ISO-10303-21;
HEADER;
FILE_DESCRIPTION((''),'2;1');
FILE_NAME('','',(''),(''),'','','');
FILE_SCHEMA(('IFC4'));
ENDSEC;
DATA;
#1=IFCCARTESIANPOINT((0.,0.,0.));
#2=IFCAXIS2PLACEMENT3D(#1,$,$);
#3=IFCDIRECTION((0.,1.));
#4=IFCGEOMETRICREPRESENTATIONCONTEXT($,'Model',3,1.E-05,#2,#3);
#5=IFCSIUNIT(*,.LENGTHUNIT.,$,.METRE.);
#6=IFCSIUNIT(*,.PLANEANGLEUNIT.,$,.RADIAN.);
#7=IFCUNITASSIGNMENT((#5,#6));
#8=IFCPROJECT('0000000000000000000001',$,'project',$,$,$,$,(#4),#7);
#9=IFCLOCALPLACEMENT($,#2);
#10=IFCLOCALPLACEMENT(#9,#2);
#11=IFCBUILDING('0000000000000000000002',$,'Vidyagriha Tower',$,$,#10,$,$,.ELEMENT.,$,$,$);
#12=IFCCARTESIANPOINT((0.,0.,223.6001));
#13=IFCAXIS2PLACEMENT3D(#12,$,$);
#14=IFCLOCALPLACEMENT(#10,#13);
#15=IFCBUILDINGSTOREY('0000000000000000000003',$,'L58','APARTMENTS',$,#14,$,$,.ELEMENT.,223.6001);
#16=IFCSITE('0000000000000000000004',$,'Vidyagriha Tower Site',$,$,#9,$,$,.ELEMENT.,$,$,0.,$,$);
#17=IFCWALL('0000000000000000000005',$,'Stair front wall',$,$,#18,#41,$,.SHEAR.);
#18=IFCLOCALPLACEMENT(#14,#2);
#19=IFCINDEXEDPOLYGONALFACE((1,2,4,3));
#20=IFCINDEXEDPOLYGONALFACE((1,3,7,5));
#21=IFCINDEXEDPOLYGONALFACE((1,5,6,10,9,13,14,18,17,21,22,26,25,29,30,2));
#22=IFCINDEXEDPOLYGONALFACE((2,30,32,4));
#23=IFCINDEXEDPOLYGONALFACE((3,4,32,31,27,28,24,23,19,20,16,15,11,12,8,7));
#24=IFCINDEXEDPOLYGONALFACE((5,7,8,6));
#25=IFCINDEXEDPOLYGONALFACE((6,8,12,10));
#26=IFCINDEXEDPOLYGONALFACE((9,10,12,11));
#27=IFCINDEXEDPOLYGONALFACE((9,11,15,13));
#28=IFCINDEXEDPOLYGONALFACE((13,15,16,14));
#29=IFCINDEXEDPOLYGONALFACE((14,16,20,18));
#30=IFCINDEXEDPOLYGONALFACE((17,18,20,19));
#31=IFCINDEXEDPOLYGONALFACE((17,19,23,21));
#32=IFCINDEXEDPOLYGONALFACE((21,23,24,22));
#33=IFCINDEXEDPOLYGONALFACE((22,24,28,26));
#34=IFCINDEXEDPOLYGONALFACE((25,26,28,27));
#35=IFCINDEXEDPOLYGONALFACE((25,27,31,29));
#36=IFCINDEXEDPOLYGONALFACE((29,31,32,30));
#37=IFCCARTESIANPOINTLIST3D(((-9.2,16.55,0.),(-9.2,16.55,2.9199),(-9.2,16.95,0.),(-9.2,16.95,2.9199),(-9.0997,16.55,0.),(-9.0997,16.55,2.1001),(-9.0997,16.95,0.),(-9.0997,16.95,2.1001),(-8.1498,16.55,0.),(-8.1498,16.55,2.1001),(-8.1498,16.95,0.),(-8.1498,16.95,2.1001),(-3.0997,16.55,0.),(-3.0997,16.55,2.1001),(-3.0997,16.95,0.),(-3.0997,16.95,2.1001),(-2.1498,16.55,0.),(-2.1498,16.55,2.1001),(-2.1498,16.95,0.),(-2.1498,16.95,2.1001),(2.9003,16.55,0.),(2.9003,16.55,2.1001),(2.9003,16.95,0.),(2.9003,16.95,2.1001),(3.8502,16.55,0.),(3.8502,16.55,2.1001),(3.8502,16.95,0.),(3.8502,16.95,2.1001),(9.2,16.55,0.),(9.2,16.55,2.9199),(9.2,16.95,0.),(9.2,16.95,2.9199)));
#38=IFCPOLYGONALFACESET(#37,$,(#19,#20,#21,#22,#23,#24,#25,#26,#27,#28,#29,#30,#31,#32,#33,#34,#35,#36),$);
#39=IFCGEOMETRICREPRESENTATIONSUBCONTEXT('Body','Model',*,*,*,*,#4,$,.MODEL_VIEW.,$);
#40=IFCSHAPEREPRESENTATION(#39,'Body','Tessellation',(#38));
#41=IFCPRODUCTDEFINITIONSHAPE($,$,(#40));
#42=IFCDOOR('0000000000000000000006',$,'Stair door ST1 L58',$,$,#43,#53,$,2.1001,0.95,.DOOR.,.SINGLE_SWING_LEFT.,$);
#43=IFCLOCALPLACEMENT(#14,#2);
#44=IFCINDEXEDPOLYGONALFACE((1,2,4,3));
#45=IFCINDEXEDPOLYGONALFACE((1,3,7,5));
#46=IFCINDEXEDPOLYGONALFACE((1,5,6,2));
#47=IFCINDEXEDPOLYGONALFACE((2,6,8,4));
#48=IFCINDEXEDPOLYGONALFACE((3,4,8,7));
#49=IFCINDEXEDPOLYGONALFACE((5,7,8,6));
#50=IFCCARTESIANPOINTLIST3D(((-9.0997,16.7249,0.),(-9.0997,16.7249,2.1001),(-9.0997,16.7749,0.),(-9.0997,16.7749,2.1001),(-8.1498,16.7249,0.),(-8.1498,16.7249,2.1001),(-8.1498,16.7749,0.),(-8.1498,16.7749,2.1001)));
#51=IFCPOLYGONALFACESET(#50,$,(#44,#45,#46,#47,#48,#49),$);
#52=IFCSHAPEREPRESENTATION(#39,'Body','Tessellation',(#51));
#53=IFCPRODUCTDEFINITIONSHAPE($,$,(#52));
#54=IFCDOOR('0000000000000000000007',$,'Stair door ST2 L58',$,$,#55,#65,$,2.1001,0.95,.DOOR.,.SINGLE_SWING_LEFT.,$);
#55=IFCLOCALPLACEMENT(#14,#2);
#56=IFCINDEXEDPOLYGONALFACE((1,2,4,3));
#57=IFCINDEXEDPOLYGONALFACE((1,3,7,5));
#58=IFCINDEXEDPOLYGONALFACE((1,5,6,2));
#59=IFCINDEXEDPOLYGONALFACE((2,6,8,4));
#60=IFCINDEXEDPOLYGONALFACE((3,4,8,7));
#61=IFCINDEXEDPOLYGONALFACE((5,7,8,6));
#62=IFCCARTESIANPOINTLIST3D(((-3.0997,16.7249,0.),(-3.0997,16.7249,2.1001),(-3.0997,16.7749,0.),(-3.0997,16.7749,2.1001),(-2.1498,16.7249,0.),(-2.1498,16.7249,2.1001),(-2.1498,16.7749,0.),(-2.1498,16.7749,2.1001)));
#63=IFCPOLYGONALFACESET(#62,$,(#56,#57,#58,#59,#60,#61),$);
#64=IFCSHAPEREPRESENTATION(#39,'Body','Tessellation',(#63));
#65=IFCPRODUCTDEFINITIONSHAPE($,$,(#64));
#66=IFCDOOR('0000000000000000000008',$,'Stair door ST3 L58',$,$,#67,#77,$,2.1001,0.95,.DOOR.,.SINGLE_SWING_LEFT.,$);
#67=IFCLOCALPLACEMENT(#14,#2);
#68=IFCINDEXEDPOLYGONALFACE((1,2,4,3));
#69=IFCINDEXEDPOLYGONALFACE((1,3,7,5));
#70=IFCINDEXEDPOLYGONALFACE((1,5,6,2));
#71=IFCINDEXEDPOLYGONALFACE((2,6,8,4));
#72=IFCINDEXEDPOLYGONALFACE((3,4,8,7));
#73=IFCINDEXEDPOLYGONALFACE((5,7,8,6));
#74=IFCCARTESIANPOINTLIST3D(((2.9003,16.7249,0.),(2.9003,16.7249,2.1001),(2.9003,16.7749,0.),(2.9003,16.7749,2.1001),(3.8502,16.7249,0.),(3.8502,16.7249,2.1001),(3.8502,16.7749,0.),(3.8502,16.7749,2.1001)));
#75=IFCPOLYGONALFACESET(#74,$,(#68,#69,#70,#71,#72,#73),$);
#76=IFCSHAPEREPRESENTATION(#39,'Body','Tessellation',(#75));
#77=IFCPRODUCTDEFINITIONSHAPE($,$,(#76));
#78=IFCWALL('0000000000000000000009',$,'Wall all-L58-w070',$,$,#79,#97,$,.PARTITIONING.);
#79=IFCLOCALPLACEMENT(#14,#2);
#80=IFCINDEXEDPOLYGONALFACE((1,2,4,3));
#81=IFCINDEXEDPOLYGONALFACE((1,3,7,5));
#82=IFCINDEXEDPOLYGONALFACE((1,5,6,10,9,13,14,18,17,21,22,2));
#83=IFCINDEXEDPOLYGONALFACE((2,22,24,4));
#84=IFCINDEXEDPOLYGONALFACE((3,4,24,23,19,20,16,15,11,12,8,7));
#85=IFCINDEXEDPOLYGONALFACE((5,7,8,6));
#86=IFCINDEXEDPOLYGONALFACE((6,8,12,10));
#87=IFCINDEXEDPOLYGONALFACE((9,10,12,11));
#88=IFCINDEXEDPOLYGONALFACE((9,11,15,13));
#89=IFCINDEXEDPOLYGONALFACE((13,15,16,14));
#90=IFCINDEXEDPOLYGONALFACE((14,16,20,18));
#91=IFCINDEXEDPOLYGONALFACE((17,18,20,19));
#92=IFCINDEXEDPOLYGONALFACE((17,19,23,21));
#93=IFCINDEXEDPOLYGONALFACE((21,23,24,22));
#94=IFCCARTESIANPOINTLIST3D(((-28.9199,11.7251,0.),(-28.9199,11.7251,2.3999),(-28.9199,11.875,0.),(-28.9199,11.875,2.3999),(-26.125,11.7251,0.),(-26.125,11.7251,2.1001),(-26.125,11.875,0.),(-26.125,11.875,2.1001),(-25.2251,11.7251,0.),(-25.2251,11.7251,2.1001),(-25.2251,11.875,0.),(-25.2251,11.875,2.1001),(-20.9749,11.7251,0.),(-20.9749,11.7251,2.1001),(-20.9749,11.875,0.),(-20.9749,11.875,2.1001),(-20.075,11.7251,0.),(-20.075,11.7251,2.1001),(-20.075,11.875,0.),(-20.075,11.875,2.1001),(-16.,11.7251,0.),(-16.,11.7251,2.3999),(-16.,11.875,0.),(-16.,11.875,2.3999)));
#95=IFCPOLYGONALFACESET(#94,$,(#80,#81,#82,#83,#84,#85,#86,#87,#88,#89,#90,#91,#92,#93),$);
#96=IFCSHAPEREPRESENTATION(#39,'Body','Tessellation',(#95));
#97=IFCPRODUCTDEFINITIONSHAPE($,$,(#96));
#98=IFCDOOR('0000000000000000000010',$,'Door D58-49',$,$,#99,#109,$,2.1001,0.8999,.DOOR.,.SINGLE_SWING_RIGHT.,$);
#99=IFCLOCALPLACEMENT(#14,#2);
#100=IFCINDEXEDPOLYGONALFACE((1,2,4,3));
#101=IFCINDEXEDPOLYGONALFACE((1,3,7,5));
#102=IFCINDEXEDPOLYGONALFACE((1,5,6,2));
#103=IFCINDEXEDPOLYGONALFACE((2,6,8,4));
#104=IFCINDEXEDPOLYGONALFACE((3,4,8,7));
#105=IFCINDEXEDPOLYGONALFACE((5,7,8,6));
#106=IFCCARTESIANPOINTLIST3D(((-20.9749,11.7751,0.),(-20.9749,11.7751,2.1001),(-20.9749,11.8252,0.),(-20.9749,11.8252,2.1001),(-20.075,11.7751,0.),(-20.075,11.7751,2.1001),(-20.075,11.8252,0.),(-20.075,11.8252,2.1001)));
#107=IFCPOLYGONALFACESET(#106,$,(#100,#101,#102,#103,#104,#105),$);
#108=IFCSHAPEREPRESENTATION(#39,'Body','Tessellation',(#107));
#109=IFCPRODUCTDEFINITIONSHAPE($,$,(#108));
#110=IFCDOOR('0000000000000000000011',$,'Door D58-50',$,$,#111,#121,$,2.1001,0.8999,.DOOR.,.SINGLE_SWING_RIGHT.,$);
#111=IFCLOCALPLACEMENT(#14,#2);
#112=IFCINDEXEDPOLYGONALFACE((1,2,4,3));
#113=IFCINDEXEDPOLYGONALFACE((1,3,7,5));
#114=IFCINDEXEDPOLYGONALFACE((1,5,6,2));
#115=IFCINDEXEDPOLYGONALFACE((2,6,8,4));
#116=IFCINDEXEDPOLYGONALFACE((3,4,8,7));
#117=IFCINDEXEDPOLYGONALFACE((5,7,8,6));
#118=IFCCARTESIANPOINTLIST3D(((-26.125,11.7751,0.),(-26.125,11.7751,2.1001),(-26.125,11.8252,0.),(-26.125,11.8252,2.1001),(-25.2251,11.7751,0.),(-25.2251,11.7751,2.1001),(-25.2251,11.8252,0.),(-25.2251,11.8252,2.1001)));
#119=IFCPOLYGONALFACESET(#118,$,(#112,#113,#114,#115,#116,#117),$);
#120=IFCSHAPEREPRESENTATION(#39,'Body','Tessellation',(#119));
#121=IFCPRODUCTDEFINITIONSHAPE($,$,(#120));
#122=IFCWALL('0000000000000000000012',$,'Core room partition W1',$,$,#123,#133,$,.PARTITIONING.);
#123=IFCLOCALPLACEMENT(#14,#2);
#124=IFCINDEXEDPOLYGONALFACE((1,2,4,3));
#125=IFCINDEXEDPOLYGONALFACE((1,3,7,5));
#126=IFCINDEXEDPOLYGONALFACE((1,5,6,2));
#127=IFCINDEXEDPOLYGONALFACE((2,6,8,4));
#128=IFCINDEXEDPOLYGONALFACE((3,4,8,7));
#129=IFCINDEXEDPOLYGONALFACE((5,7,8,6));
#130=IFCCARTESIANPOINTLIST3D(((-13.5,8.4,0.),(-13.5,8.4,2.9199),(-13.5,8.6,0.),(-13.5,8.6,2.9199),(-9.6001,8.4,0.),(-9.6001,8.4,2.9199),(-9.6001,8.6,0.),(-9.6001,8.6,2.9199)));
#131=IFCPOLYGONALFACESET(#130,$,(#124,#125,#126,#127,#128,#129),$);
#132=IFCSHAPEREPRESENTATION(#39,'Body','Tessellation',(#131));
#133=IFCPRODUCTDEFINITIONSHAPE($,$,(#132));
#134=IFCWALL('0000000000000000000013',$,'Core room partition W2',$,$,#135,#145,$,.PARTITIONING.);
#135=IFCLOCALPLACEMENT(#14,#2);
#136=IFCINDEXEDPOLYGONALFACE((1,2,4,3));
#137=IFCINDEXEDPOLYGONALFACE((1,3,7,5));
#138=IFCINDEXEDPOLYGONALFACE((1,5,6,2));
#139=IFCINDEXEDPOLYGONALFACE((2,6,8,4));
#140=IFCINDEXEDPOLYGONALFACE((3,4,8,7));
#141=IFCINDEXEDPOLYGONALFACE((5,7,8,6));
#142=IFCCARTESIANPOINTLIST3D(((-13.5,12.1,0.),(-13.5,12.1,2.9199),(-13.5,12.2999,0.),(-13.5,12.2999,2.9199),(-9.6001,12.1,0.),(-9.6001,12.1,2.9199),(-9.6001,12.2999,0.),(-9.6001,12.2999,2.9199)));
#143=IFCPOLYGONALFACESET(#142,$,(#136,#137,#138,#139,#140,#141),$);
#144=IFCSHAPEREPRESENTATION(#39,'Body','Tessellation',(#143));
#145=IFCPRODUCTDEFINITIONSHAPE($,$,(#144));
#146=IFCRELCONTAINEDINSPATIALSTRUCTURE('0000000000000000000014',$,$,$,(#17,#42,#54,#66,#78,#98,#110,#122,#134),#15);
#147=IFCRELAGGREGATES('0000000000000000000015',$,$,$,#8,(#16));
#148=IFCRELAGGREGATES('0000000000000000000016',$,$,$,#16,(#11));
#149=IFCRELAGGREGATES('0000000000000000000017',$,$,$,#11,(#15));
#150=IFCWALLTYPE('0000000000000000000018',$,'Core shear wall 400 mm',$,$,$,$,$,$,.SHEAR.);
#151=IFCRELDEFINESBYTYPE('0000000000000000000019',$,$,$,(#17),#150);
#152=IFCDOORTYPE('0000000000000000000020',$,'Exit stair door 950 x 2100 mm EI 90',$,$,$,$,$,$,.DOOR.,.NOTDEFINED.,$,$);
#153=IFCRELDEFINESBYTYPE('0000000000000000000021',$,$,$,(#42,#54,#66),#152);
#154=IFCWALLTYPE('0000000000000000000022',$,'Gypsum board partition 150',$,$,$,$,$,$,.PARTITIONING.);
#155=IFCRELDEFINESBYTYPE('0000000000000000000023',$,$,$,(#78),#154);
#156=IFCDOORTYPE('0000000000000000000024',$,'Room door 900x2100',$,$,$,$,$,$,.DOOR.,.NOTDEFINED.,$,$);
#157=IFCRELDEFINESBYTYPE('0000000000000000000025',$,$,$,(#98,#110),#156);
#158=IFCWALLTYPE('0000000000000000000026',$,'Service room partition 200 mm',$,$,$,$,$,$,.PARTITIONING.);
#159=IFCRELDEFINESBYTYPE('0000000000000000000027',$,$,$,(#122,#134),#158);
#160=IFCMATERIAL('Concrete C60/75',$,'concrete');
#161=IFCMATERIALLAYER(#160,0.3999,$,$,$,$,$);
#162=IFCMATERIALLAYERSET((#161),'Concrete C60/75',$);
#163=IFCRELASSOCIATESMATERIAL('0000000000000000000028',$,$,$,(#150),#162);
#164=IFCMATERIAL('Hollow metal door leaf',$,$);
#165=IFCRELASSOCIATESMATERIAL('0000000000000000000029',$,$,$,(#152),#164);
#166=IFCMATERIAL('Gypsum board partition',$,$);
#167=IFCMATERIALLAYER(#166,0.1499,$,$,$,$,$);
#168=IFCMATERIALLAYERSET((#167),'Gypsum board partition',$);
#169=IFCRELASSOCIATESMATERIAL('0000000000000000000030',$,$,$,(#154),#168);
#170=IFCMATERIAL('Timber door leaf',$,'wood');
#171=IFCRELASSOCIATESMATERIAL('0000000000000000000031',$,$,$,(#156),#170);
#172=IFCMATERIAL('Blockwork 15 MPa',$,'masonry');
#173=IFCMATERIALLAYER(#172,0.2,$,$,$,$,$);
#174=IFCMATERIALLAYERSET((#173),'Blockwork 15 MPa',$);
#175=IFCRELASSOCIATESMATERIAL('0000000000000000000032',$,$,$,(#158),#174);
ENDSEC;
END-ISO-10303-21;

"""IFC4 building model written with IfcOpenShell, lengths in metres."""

from ifc_helpers import new_model, si_unit, direction, frame, frame_2d, origin, place, context, subcontext, project, spatial, rectangle, extrude, material, layer, layer_set, type_object, element, fill, save


model = new_model("IFC4")

# Units and contexts
model_context = context("Model", 3, precision=1e-05, world=origin(), true_north=direction((0.0, 1.0)))
body_context = subcontext(model_context, "Body", "Model", "MODEL_VIEW")
ifc_project = project(units=[si_unit("LENGTHUNIT", "METRE"), si_unit("PLANEANGLEUNIT", "RADIAN")], contexts=[model_context])

# Site, building, storey
site_placement = place(None, origin())
site = spatial("IfcSite", under=ifc_project, at=site_placement, Name="Vidyagriha Tower Site", CompositionType="ELEMENT", RefElevation=0.0)
building_placement = place(site_placement, origin())
building = spatial("IfcBuilding", under=site, at=building_placement, Name="Vidyagriha Tower", CompositionType="ELEMENT")
storey_placement = place(building_placement, frame((0.0, 0.0, 223.6001)))
storey = spatial("IfcBuildingStorey", under=building, at=storey_placement, Name="L58", Description="APARTMENTS", CompositionType="ELEMENT", Elevation=223.6001)

# Shared definitions
ifc_material_1 = material(Name="Concrete C60/75", Category="concrete")
ifc_layer_1 = layer(ifc_material_1, 0.3999)
ifc_layer_set_1 = layer_set([ifc_layer_1], Name="Concrete C60/75")
wall_type_1 = type_object("IfcWallType", Name="Core shear wall 400 mm", PredefinedType="SHEAR", material=ifc_layer_set_1)

# Walls, openings, doors
wall_1_placement = place(storey_placement, frame((-9.2, 16.75, 0.0)))
wall_1 = element("IfcWall", 1, at=wall_1_placement, inside=storey, type_object=wall_type_1, Name="Stair front wall", PredefinedType="SHEAR", context=body_context, shape_type="SweptSolid", body=[
    extrude(rectangle(XDim=18.3999, YDim=0.3999, at=frame_2d((9.2, 0.0))), origin(), (0.0, 0.0, 1.0), 2.9199),
])
opening_1_placement = place(wall_1_placement, frame((0.1001, 0.0, 0.0)))
opening_1 = element("IfcOpeningElement", 2, at=opening_1_placement, cuts=wall_1, PredefinedType="OPENING", context=body_context, shape_type="SweptSolid", body=[
    extrude(rectangle(XDim=0.95, YDim=2.1001, at=frame_2d((0.4751, 1.05))), frame((0.0, 0.21, 0.0), z_axis=(0.0, -1.0, 0.0), x_axis=(1.0, 0.0, 0.0)), (0.0, 0.0, 1.0), 0.4199),
])
opening_2_placement = place(wall_1_placement, frame((6.1001, 0.0, 0.0)))
opening_2 = element("IfcOpeningElement", 3, at=opening_2_placement, cuts=wall_1, PredefinedType="OPENING", context=body_context, shape_type="SweptSolid", body=[
    extrude(rectangle(XDim=0.95, YDim=2.1001, at=frame_2d((0.4751, 1.05))), frame((0.0, 0.21, 0.0), z_axis=(0.0, -1.0, 0.0), x_axis=(1.0, 0.0, 0.0)), (0.0, 0.0, 1.0), 0.4199),
])
opening_3_placement = place(wall_1_placement, frame((12.1001, 0.0, 0.0)))
opening_3 = element("IfcOpeningElement", 4, at=opening_3_placement, cuts=wall_1, PredefinedType="OPENING", context=body_context, shape_type="SweptSolid", body=[
    extrude(rectangle(XDim=0.95, YDim=2.1001, at=frame_2d((0.4751, 1.05))), frame((0.0, 0.21, 0.0), z_axis=(0.0, -1.0, 0.0), x_axis=(1.0, 0.0, 0.0)), (0.0, 0.0, 1.0), 0.4199),
])
ifc_material_2 = material(Name="Hollow metal door leaf")
door_type_1 = type_object("IfcDoorType", Name="Exit stair door 950 x 2100 mm EI 90", OperationType="NOTDEFINED", PredefinedType="DOOR", material=ifc_material_2)
door_1_placement = place(opening_1_placement, origin())
door_1 = element("IfcDoor", 5, at=door_1_placement, inside=storey, type_object=door_type_1, Name="Stair door ST1 L58", OperationType="SINGLE_SWING_LEFT", OverallHeight=2.1001, OverallWidth=0.95, PredefinedType="DOOR", context=body_context, shape_type="SweptSolid", body=[
    extrude(rectangle(XDim=0.95, YDim=2.1001, at=frame_2d((0.4751, 1.05))), frame((0.0, 0.0249, 0.0), z_axis=(0.0, -1.0, 0.0), x_axis=(1.0, 0.0, 0.0)), (0.0, 0.0, 1.0), 0.05),
])
fill(opening_1, door_1)
door_2_placement = place(opening_2_placement, origin())
door_2 = element("IfcDoor", 6, at=door_2_placement, inside=storey, type_object=door_type_1, Name="Stair door ST2 L58", OperationType="SINGLE_SWING_LEFT", OverallHeight=2.1001, OverallWidth=0.95, PredefinedType="DOOR", context=body_context, shape_type="SweptSolid", body=[
    extrude(rectangle(XDim=0.95, YDim=2.1001, at=frame_2d((0.4751, 1.05))), frame((0.0, 0.0249, 0.0), z_axis=(0.0, -1.0, 0.0), x_axis=(1.0, 0.0, 0.0)), (0.0, 0.0, 1.0), 0.05),
])
fill(opening_2, door_2)
door_3_placement = place(opening_3_placement, origin())
door_3 = element("IfcDoor", 7, at=door_3_placement, inside=storey, type_object=door_type_1, Name="Stair door ST3 L58", OperationType="SINGLE_SWING_LEFT", OverallHeight=2.1001, OverallWidth=0.95, PredefinedType="DOOR", context=body_context, shape_type="SweptSolid", body=[
    extrude(rectangle(XDim=0.95, YDim=2.1001, at=frame_2d((0.4751, 1.05))), frame((0.0, 0.0249, 0.0), z_axis=(0.0, -1.0, 0.0), x_axis=(1.0, 0.0, 0.0)), (0.0, 0.0, 1.0), 0.05),
])
fill(opening_3, door_3)
ifc_material_3 = material(Name="Gypsum board partition")
ifc_layer_2 = layer(ifc_material_3, 0.1499)
ifc_layer_set_2 = layer_set([ifc_layer_2], Name="Gypsum board partition")
wall_type_2 = type_object("IfcWallType", Name="Gypsum board partition 150", PredefinedType="PARTITIONING", material=ifc_layer_set_2)
wall_2_placement = place(storey_placement, frame((-16.0, 11.8, 0.0), z_axis=(0.0, 0.0, 1.0), x_axis=(-1.0, 0.0, 0.0)))
wall_2 = element("IfcWall", 8, at=wall_2_placement, inside=storey, type_object=wall_type_2, Name="Wall all-L58-w070", PredefinedType="PARTITIONING", context=body_context, shape_type="SweptSolid", body=[
    extrude(rectangle(XDim=12.9199, YDim=0.1499, at=frame_2d((6.46, 0.0))), origin(), (0.0, 0.0, 1.0), 2.3999),
])
opening_4_placement = place(wall_2_placement, frame((4.075, 0.0, 0.0)))
opening_4 = element("IfcOpeningElement", 9, at=opening_4_placement, cuts=wall_2, PredefinedType="OPENING", context=body_context, shape_type="SweptSolid", body=[
    extrude(rectangle(XDim=0.8999, YDim=2.1001, at=frame_2d((0.45, 1.05))), frame((0.0, 0.085, 0.0), z_axis=(0.0, -1.0, 0.0), x_axis=(1.0, 0.0, 0.0)), (0.0, 0.0, 1.0), 0.1699),
])
opening_5_placement = place(wall_2_placement, frame((9.2251, 0.0, 0.0)))
opening_5 = element("IfcOpeningElement", 10, at=opening_5_placement, cuts=wall_2, PredefinedType="OPENING", context=body_context, shape_type="SweptSolid", body=[
    extrude(rectangle(XDim=0.8999, YDim=2.1001, at=frame_2d((0.45, 1.05))), frame((0.0, 0.085, 0.0), z_axis=(0.0, -1.0, 0.0), x_axis=(1.0, 0.0, 0.0)), (0.0, 0.0, 1.0), 0.1699),
])
ifc_material_4 = material(Name="Timber door leaf", Category="wood")
door_type_2 = type_object("IfcDoorType", Name="Room door 900x2100", OperationType="NOTDEFINED", PredefinedType="DOOR", material=ifc_material_4)
door_4_placement = place(opening_4_placement, origin())
door_4 = element("IfcDoor", 11, at=door_4_placement, inside=storey, type_object=door_type_2, Name="Door D58-49", OperationType="SINGLE_SWING_RIGHT", OverallHeight=2.1001, OverallWidth=0.8999, PredefinedType="DOOR", context=body_context, shape_type="SweptSolid", body=[
    extrude(rectangle(XDim=0.8999, YDim=2.1001, at=frame_2d((0.45, 1.05))), frame((0.0, 0.0249, 0.0), z_axis=(0.0, -1.0, 0.0), x_axis=(1.0, 0.0, 0.0)), (0.0, 0.0, 1.0), 0.05),
])
fill(opening_4, door_4)
door_5_placement = place(opening_5_placement, origin())
door_5 = element("IfcDoor", 12, at=door_5_placement, inside=storey, type_object=door_type_2, Name="Door D58-50", OperationType="SINGLE_SWING_RIGHT", OverallHeight=2.1001, OverallWidth=0.8999, PredefinedType="DOOR", context=body_context, shape_type="SweptSolid", body=[
    extrude(rectangle(XDim=0.8999, YDim=2.1001, at=frame_2d((0.45, 1.05))), frame((0.0, 0.0249, 0.0), z_axis=(0.0, -1.0, 0.0), x_axis=(1.0, 0.0, 0.0)), (0.0, 0.0, 1.0), 0.05),
])
fill(opening_5, door_5)

# Walls
ifc_material_5 = material(Name="Blockwork 15 MPa", Category="masonry")
ifc_layer_3 = layer(ifc_material_5, 0.2)
ifc_layer_set_3 = layer_set([ifc_layer_3], Name="Blockwork 15 MPa")
wall_type_3 = type_object("IfcWallType", Name="Service room partition 200 mm", PredefinedType="PARTITIONING", material=ifc_layer_set_3)
for number, where, name in (
    (13, (-13.5, 8.5, 0.0), "Core room partition W1"),
    (14, (-13.5, 12.2, 0.0), "Core room partition W2"),
):
    element("IfcWall", number, at=place(storey_placement, frame(where)), inside=storey, type_object=wall_type_3, Name=name, PredefinedType="PARTITIONING", context=body_context, shape_type="SweptSolid", body=[
        extrude(rectangle(XDim=3.8999, YDim=0.2, at=frame_2d((1.95, 0.0))), origin(), (0.0, 0.0, 1.0), 2.9199),
    ])

save(model, "model.ifc")
